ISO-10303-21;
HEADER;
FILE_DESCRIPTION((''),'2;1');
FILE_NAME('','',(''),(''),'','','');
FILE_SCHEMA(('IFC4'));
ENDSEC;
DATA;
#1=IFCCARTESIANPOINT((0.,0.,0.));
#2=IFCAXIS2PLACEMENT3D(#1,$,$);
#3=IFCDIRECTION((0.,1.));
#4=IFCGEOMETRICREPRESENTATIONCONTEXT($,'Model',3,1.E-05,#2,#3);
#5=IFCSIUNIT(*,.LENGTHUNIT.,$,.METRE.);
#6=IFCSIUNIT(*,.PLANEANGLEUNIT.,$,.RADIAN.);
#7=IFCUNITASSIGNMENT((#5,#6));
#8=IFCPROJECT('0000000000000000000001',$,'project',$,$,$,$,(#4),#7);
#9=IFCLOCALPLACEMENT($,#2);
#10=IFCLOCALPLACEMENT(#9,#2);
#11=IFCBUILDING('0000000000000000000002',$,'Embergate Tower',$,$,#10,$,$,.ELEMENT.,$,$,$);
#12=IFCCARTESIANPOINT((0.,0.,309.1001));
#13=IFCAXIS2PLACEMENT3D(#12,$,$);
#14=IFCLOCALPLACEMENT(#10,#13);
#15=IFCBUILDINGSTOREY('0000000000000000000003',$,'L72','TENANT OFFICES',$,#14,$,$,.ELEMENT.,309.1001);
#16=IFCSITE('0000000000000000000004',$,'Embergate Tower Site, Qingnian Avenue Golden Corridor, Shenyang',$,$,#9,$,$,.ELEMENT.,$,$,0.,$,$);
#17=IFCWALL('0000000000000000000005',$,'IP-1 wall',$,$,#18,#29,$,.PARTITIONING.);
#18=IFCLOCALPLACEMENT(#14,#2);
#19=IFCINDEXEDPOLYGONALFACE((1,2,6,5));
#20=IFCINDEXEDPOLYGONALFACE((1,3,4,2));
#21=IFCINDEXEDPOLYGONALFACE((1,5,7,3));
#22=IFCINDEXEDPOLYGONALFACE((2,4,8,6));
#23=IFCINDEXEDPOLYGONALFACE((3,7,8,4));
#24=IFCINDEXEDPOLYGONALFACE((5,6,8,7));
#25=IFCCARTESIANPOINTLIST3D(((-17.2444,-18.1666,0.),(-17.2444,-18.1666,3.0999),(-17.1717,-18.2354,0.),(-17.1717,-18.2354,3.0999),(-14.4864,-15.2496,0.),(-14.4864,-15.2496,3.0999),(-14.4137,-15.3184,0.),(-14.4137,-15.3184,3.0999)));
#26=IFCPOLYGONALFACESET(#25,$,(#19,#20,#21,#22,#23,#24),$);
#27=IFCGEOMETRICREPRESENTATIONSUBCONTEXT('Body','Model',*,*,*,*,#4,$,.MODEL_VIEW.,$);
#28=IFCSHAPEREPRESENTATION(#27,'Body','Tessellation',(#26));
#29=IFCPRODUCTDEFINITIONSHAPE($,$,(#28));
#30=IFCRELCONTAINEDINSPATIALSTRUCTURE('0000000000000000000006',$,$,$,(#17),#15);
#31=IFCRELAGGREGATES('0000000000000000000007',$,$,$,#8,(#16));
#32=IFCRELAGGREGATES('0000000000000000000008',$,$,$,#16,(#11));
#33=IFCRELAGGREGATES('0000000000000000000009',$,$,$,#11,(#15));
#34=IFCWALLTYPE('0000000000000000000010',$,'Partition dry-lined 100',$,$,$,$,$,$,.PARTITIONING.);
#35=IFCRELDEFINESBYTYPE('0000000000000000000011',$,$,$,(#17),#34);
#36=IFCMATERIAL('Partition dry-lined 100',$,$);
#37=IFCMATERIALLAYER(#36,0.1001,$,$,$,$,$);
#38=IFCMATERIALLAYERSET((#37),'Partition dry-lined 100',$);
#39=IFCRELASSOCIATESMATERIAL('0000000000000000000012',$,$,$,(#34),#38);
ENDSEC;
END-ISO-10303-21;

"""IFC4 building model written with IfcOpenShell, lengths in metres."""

from ifc_helpers import new_model, si_unit, direction, frame, frame_2d, origin, place, context, subcontext, project, spatial, rectangle, extrude, source, transform, mapped, material, layer, layer_set, type_object, element, save


model = new_model("IFC4")

# Units and contexts
model_context = context("Model", 3, precision=1e-05, world=origin(), true_north=direction((0.0, 1.0)))
body_context = subcontext(model_context, "Body", "Model", "MODEL_VIEW")
ifc_project = project(units=[si_unit("LENGTHUNIT", "METRE"), si_unit("PLANEANGLEUNIT", "RADIAN")], contexts=[model_context])

# Site, building, storey
site_placement = place(None, origin())
site = spatial("IfcSite", under=ifc_project, at=site_placement, Name="Embergate Tower Site, Qingnian Avenue Golden Corridor, Shenyang", CompositionType="ELEMENT", RefElevation=0.0)
building_placement = place(site_placement, origin())
building = spatial("IfcBuilding", under=site, at=building_placement, Name="Embergate Tower", CompositionType="ELEMENT")
storey_placement = place(building_placement, frame((0.0, 0.0, 309.1001)))
storey = spatial("IfcBuildingStorey", under=building, at=storey_placement, Name="L72", Description="TENANT OFFICES", CompositionType="ELEMENT", Elevation=309.1001)

# Wall
ifc_material_1 = material(Name="Partition dry-lined 100")
ifc_layer_1 = layer(ifc_material_1, 0.1001)
ifc_layer_set_1 = layer_set([ifc_layer_1], Name="Partition dry-lined 100")
wall_type = type_object("IfcWallType", Name="Partition dry-lined 100", PredefinedType="PARTITIONING", material=ifc_layer_set_1)
shared_shape_1 = source(origin(), body_context, "Body", "SweptSolid", [
    extrude(rectangle(XDim=4.0144, YDim=0.1001, at=frame_2d((2.0073, 0.0))), origin(), (0.0, 0.0, 1.0), 3.0999),
])
wall_placement = place(storey_placement, frame((-14.45, -15.2839, 0.0), z_axis=(0.0, 0.0, 1.0), x_axis=(-0.687034, -0.726625, 0.0)))
element("IfcWall", 1, at=wall_placement, inside=storey, type_object=wall_type, Name="IP-1 wall", PredefinedType="PARTITIONING", context=body_context, shape_type="MappedRepresentation", body=[
    mapped(shared_shape_1, transform((0.0, 0.0, 0.0))),
])

save(model, "model.ifc")
